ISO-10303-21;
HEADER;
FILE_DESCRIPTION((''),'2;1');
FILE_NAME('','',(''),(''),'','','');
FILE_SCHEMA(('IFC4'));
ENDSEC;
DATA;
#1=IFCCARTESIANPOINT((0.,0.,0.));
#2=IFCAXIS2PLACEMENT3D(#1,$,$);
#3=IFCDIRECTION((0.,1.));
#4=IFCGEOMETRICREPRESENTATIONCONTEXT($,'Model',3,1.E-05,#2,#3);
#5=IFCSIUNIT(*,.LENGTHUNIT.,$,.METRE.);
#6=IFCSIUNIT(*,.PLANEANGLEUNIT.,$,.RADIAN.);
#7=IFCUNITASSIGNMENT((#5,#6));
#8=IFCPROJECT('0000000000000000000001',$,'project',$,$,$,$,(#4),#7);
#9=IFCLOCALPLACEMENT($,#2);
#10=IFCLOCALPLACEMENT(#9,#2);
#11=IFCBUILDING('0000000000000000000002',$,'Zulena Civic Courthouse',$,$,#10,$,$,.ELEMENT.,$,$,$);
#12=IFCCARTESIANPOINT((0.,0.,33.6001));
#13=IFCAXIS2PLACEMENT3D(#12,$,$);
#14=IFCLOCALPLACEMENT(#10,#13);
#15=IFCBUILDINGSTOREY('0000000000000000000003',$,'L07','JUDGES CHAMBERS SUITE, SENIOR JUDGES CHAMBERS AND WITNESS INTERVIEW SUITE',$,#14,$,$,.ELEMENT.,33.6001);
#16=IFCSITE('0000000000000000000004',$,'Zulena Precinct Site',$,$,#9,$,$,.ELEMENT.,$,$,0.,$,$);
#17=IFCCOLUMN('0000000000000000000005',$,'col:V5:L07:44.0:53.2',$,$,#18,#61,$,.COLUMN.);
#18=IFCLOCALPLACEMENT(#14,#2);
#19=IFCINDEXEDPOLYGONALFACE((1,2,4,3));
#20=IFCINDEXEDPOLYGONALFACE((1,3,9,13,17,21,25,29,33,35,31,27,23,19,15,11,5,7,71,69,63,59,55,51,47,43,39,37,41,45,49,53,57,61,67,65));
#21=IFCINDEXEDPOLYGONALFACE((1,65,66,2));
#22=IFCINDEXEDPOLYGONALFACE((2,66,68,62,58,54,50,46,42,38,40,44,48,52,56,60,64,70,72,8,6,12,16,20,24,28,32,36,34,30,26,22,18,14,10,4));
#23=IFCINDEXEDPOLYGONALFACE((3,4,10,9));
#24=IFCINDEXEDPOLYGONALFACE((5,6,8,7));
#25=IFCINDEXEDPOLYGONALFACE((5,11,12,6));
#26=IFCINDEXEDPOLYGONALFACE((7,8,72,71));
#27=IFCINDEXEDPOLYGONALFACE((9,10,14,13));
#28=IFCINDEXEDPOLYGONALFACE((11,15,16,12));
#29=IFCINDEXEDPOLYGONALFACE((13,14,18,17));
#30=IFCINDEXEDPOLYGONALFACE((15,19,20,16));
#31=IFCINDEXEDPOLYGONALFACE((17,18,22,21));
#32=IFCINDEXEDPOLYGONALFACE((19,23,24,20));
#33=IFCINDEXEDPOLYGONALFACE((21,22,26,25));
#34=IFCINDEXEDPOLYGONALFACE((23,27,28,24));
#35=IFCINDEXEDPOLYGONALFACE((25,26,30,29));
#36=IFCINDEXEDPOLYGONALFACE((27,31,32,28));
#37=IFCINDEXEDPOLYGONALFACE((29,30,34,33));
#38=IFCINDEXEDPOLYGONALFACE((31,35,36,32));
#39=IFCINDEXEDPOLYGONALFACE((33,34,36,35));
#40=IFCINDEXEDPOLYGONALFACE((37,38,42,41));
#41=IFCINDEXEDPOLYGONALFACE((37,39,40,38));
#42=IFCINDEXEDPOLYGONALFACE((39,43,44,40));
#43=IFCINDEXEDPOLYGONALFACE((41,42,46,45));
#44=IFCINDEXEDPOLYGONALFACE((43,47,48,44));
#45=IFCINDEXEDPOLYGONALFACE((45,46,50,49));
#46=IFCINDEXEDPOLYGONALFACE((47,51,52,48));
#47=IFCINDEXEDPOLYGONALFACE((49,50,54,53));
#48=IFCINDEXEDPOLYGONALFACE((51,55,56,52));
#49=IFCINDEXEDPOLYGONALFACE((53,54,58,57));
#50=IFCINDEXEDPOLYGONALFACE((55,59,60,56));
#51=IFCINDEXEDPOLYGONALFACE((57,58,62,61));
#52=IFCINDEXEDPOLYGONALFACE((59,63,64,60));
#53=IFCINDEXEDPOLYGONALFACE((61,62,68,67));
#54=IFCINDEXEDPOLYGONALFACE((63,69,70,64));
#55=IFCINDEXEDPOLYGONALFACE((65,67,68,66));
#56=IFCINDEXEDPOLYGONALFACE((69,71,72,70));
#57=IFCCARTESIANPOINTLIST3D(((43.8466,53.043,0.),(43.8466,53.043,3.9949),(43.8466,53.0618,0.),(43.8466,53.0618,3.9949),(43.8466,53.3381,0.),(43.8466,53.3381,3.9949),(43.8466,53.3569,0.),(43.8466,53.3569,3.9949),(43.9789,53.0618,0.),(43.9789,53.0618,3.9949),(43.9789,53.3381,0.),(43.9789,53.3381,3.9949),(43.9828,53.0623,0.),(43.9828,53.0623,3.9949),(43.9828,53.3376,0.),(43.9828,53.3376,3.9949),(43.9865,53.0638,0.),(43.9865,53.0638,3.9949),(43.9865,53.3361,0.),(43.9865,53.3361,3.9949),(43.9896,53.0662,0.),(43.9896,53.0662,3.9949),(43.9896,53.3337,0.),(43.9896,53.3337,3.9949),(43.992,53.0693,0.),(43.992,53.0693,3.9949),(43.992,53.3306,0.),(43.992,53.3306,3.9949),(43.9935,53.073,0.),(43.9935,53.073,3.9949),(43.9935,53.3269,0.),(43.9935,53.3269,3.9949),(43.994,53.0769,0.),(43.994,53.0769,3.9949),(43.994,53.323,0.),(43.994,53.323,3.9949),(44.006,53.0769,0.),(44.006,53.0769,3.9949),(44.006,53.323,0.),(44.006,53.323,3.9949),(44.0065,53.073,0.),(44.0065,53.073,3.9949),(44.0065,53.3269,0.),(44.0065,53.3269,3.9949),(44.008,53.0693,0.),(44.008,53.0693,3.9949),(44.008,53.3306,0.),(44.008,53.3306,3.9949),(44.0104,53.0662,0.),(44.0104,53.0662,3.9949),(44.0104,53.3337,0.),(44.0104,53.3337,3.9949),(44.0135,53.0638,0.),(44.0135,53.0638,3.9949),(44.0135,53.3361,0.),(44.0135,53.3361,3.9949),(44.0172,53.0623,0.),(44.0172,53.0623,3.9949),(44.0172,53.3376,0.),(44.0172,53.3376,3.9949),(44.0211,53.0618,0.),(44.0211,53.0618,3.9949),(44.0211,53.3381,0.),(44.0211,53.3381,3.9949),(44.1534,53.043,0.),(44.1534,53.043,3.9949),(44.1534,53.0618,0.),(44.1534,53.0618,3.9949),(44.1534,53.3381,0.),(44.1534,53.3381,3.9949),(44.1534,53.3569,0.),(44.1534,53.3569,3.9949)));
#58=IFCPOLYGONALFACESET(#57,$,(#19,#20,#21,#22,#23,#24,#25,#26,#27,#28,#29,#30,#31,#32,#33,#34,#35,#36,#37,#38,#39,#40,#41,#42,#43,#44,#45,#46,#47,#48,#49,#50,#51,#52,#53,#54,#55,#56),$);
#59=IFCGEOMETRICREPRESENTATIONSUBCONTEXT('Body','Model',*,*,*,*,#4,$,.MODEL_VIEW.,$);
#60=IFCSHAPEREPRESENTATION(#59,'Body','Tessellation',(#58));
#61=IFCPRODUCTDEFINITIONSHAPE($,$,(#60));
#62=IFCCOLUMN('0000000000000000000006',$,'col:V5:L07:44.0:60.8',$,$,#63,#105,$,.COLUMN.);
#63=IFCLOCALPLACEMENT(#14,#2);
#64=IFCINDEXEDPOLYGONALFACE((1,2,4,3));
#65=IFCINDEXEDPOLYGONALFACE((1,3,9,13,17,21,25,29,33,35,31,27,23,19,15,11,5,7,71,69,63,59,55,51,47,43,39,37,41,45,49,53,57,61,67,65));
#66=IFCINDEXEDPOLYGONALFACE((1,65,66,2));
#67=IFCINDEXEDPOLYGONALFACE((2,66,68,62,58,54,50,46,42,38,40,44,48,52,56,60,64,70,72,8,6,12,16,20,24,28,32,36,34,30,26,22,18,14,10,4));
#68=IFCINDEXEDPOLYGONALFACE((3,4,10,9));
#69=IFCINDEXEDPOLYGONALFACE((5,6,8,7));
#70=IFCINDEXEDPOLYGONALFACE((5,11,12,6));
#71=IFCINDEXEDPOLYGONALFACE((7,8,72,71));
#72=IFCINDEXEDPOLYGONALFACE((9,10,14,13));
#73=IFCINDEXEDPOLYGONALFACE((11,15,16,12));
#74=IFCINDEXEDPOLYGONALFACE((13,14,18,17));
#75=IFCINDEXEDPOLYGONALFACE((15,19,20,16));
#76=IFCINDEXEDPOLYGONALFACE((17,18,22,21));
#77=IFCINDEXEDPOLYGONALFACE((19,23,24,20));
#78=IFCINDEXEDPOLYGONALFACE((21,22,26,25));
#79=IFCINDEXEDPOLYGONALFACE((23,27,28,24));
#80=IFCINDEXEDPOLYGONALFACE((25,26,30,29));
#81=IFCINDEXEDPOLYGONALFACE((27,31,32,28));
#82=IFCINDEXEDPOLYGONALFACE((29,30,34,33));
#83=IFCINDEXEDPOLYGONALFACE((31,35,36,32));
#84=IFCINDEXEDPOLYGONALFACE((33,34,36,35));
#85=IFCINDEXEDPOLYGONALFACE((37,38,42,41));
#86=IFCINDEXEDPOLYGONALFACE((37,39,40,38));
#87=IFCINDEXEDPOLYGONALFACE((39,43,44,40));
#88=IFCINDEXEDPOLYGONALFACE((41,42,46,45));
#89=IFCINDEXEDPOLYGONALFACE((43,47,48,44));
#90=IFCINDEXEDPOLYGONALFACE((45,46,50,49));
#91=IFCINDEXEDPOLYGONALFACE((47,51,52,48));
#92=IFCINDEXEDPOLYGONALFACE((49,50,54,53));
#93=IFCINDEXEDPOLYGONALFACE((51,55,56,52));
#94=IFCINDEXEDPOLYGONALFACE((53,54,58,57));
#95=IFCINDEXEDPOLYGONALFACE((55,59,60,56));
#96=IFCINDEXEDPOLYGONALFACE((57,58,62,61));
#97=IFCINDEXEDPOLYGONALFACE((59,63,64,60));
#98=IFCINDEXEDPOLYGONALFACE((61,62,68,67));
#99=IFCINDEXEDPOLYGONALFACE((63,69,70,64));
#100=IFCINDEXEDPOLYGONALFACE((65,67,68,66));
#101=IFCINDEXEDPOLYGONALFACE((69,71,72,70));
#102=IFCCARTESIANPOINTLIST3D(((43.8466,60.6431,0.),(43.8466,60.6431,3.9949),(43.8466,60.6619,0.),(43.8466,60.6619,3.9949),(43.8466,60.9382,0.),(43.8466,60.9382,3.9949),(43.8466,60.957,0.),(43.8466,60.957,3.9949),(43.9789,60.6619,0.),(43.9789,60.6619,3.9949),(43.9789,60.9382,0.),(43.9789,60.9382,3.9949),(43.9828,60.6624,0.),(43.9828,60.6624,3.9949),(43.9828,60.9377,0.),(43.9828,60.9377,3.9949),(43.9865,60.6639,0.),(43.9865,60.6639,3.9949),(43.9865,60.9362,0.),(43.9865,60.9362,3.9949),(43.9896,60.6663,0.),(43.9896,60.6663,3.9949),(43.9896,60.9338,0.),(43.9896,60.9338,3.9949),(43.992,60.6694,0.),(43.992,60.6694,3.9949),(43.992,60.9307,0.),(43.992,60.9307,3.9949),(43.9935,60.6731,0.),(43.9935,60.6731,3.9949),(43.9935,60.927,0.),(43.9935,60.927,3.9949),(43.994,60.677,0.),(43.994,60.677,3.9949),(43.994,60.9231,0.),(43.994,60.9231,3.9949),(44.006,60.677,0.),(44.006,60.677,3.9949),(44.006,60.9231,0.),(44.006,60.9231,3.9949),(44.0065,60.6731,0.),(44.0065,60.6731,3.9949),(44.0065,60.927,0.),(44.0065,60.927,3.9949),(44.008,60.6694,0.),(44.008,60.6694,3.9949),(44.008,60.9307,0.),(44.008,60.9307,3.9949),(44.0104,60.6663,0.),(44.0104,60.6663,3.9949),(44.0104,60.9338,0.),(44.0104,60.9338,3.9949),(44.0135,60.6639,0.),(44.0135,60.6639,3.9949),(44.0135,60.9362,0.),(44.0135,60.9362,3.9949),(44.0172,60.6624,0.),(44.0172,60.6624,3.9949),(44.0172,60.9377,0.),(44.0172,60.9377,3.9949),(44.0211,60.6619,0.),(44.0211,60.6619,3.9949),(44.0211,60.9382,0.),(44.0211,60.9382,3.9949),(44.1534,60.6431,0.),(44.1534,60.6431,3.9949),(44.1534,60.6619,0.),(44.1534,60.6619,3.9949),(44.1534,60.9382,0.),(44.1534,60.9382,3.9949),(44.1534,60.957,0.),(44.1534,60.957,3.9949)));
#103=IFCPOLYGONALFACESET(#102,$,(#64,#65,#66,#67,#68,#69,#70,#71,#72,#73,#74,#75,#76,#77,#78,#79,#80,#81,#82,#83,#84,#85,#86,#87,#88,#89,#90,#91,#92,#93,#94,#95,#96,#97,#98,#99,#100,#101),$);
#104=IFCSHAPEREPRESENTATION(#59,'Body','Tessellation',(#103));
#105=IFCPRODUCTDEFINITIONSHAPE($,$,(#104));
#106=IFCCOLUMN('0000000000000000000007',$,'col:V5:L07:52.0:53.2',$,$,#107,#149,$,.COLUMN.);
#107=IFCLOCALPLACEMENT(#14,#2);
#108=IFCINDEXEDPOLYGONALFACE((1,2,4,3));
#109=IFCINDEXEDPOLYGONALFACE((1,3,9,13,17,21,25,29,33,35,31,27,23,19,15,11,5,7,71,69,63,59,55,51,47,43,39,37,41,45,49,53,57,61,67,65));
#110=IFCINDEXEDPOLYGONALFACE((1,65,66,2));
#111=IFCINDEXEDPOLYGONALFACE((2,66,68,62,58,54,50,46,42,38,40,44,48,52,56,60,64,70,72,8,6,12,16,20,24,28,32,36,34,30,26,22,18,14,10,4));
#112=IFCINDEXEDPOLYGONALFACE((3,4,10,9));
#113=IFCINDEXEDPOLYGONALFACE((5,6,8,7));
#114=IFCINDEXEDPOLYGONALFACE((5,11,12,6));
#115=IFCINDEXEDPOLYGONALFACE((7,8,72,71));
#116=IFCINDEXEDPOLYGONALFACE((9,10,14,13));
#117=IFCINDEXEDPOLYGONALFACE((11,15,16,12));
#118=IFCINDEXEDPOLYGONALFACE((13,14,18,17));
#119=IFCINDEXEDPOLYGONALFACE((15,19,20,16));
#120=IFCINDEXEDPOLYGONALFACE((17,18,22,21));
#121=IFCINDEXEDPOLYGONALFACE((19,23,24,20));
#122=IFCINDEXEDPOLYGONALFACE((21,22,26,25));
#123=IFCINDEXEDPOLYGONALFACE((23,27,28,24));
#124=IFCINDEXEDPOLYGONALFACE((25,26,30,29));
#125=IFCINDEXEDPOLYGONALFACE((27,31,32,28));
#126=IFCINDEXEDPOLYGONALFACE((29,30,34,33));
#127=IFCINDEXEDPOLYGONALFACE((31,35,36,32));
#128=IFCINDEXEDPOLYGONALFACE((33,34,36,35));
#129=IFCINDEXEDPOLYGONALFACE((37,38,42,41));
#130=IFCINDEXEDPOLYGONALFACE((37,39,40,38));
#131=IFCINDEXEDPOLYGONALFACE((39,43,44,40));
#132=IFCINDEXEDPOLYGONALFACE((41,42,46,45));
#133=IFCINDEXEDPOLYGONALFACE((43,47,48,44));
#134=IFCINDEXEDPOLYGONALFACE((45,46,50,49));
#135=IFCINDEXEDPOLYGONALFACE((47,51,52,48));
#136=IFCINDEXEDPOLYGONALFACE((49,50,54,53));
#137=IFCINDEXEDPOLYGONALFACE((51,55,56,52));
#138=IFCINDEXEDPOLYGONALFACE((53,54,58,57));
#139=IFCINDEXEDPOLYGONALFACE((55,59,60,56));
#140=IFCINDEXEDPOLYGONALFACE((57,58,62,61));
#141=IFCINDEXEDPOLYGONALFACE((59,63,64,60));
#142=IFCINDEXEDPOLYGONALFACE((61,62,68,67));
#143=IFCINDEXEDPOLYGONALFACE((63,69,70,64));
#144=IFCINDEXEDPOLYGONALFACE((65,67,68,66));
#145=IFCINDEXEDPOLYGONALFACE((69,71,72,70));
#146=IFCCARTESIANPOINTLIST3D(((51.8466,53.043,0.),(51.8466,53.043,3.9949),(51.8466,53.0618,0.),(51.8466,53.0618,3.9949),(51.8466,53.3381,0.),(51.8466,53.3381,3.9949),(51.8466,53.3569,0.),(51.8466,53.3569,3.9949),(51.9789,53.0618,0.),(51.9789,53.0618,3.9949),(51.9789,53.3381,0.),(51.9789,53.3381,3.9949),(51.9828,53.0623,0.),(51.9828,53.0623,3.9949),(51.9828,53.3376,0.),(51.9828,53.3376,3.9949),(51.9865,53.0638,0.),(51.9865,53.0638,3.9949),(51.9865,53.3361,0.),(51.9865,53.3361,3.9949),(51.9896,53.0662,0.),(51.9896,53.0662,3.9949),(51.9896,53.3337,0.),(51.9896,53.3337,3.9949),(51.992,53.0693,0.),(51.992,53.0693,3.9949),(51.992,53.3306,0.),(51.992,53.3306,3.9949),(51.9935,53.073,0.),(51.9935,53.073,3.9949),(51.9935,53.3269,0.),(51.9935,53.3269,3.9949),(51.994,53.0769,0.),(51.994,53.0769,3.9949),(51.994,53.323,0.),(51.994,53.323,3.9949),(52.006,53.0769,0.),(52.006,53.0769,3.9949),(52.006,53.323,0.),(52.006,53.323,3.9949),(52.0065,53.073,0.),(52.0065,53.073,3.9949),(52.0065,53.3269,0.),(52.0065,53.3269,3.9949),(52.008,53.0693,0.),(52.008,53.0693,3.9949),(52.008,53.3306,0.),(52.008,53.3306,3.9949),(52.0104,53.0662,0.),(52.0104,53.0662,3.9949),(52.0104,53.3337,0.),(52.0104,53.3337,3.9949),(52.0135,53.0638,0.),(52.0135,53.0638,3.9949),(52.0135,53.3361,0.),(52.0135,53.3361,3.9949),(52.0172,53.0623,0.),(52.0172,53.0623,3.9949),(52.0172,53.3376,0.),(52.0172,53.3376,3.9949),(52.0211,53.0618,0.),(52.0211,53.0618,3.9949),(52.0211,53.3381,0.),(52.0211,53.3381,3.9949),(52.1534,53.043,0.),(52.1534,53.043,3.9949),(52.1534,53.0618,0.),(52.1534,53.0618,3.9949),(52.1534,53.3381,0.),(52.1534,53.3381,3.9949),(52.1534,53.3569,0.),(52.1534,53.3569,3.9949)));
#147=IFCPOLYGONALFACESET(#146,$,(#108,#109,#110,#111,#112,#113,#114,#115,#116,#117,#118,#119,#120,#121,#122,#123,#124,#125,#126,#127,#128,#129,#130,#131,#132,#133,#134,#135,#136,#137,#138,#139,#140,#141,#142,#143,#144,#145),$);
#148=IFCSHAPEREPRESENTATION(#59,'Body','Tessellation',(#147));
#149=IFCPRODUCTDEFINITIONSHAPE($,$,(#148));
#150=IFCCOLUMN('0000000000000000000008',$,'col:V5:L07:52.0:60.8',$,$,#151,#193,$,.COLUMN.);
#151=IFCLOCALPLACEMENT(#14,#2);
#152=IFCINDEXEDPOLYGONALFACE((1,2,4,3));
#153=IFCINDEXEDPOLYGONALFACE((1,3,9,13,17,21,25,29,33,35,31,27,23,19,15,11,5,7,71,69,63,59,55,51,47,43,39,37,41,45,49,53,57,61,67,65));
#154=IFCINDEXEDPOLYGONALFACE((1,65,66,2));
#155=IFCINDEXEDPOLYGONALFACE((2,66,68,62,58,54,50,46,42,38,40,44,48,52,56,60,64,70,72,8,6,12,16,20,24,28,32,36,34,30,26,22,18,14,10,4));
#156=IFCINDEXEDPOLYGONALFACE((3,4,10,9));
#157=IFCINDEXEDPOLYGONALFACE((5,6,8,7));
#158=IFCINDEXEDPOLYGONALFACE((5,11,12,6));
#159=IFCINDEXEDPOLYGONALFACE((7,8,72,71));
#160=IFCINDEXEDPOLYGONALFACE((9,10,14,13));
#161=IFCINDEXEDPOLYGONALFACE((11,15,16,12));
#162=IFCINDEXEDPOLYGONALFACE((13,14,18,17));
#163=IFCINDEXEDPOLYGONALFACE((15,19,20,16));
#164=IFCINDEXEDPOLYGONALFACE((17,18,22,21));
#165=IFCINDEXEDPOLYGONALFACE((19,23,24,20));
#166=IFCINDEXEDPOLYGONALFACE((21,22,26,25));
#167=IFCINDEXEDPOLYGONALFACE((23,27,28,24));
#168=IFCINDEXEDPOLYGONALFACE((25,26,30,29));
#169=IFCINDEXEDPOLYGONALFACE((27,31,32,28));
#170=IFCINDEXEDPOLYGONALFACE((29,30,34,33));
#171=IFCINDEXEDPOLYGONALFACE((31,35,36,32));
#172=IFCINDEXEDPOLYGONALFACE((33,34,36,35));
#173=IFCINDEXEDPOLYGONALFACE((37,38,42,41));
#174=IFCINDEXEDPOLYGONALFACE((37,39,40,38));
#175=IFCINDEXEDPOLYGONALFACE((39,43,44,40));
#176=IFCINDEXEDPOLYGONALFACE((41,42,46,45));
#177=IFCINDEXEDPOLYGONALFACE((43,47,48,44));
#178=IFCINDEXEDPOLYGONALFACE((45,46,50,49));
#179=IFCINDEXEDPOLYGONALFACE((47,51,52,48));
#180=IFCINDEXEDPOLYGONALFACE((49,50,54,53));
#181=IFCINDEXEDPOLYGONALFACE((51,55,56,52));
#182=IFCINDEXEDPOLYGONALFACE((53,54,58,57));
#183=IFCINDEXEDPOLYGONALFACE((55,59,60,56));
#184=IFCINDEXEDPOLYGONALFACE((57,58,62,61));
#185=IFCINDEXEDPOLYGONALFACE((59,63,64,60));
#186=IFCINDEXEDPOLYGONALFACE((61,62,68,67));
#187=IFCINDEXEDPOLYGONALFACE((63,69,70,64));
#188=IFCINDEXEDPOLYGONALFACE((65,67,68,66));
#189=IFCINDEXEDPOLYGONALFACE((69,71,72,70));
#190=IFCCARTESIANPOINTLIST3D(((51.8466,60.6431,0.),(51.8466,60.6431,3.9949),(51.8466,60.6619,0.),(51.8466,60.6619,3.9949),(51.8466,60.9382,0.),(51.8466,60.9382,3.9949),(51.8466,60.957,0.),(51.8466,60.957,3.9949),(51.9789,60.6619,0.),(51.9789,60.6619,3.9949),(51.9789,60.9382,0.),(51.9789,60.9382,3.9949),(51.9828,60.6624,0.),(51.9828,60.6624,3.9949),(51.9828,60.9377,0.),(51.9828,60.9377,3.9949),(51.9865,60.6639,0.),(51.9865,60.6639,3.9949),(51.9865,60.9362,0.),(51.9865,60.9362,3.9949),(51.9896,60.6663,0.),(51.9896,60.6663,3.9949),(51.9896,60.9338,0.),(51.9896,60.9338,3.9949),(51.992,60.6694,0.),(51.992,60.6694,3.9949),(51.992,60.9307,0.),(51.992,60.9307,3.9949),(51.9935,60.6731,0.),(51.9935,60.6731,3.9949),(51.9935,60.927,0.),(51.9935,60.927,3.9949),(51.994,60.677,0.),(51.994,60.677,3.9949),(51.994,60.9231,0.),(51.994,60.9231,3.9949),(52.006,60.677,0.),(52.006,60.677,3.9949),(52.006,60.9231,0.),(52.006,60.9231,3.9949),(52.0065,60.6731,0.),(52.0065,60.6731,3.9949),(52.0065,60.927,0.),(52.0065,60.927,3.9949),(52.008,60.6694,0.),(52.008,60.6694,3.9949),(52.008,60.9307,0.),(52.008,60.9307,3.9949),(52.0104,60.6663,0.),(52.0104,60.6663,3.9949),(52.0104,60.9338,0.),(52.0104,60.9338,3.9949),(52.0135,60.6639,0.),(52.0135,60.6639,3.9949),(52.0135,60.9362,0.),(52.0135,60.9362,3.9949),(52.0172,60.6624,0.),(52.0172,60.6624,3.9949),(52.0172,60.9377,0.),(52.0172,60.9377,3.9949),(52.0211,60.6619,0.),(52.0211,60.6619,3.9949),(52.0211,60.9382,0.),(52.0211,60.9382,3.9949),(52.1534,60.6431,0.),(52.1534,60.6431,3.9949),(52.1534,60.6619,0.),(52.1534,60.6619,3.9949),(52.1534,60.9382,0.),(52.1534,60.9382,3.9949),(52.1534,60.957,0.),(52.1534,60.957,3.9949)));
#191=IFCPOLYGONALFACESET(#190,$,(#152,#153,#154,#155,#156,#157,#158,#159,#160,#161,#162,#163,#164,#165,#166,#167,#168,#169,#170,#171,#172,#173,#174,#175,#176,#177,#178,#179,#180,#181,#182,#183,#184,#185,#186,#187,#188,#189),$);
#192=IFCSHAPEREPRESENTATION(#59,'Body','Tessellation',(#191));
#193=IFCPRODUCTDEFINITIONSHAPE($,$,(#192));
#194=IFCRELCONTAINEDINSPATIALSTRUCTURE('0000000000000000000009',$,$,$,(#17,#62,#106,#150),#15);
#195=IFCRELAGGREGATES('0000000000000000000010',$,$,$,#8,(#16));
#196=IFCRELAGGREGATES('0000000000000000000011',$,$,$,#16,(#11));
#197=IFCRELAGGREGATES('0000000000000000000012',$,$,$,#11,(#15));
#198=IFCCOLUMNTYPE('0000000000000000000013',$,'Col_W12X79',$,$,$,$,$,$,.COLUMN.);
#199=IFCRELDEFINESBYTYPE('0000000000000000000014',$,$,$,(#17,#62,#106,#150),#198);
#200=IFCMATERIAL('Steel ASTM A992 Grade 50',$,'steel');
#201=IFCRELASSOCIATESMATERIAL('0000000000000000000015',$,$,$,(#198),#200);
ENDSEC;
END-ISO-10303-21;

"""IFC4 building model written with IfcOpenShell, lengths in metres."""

from ifc_helpers import new_model, si_unit, direction, frame, origin, origin_2d, place, context, subcontext, project, spatial, i_section, extrude, material, material_profile, profile_set, type_object, element, save


model = new_model("IFC4")

# Units and contexts
model_context = context("Model", 3, precision=1e-05, world=origin(), true_north=direction((0.0, 1.0)))
body_context = subcontext(model_context, "Body", "Model", "MODEL_VIEW")
ifc_project = project(units=[si_unit("LENGTHUNIT", "METRE"), si_unit("PLANEANGLEUNIT", "RADIAN")], contexts=[model_context])

# Site, building, storey
site_placement = place(None, origin())
site = spatial("IfcSite", under=ifc_project, at=site_placement, Name="Zulena Precinct Site", CompositionType="ELEMENT", RefElevation=0.0)
building_placement = place(site_placement, origin())
building = spatial("IfcBuilding", under=site, at=building_placement, Name="Zulena Civic Courthouse", CompositionType="ELEMENT")
storey_placement = place(building_placement, frame((0.0, 0.0, 33.6001)))
storey = spatial("IfcBuildingStorey", under=building, at=storey_placement, Name="L07", Description="JUDGES CHAMBERS SUITE, SENIOR JUDGES CHAMBERS AND WITNESS INTERVIEW SUITE", CompositionType="ELEMENT", Elevation=33.6001)

# Columns
ifc_material_1 = material(Name="Steel ASTM A992 Grade 50", Category="steel")
ifc_material_profile_1 = material_profile(ifc_material_1, i_section(OverallWidth=0.3069, OverallDepth=0.314, WebThickness=0.012, FlangeThickness=0.0188, FilletRadius=0.0151, at=origin_2d()), Name="W12X79")
ifc_profile_set_1 = profile_set([ifc_material_profile_1], Name="Steel ASTM A992 Grade 50")
column_type = type_object("IfcColumnType", Name="Col_W12X79", PredefinedType="COLUMN", material=ifc_profile_set_1)
for number, where, z_axis, x_axis, name in (
    (1, (44.0, 53.2, 0.0), (0.0, 0.0, 1.0), (1.0, 0.0, 0.0), "col:V5:L07:44.0:53.2"),
    (2, (44.0, 60.8, 0.0), (0.0, 0.0, 1.0), (1.0, 0.0, 0.0), "col:V5:L07:44.0:60.8"),
    (3, (52.0, 53.2, 0.0), (0.0, 0.0, 1.0), (1.0, 0.0, 0.0), "col:V5:L07:52.0:53.2"),
    (4, (52.0, 60.8, 0.0), (0.0, 0.0, 1.0), (1.0, 0.0, 0.0), "col:V5:L07:52.0:60.8"),
):
    element("IfcColumn", number, at=place(storey_placement, frame(where, z_axis=z_axis, x_axis=x_axis)), inside=storey, type_object=column_type, Name=name, PredefinedType="COLUMN", context=body_context, shape_type="SweptSolid", body=[
        extrude(i_section(OverallWidth=0.3069, OverallDepth=0.314, WebThickness=0.012, FlangeThickness=0.0188, FilletRadius=0.0151, at=origin_2d()), origin(), (0.0, 0.0, 1.0), 3.9949),
    ])

save(model, "model.ifc")
